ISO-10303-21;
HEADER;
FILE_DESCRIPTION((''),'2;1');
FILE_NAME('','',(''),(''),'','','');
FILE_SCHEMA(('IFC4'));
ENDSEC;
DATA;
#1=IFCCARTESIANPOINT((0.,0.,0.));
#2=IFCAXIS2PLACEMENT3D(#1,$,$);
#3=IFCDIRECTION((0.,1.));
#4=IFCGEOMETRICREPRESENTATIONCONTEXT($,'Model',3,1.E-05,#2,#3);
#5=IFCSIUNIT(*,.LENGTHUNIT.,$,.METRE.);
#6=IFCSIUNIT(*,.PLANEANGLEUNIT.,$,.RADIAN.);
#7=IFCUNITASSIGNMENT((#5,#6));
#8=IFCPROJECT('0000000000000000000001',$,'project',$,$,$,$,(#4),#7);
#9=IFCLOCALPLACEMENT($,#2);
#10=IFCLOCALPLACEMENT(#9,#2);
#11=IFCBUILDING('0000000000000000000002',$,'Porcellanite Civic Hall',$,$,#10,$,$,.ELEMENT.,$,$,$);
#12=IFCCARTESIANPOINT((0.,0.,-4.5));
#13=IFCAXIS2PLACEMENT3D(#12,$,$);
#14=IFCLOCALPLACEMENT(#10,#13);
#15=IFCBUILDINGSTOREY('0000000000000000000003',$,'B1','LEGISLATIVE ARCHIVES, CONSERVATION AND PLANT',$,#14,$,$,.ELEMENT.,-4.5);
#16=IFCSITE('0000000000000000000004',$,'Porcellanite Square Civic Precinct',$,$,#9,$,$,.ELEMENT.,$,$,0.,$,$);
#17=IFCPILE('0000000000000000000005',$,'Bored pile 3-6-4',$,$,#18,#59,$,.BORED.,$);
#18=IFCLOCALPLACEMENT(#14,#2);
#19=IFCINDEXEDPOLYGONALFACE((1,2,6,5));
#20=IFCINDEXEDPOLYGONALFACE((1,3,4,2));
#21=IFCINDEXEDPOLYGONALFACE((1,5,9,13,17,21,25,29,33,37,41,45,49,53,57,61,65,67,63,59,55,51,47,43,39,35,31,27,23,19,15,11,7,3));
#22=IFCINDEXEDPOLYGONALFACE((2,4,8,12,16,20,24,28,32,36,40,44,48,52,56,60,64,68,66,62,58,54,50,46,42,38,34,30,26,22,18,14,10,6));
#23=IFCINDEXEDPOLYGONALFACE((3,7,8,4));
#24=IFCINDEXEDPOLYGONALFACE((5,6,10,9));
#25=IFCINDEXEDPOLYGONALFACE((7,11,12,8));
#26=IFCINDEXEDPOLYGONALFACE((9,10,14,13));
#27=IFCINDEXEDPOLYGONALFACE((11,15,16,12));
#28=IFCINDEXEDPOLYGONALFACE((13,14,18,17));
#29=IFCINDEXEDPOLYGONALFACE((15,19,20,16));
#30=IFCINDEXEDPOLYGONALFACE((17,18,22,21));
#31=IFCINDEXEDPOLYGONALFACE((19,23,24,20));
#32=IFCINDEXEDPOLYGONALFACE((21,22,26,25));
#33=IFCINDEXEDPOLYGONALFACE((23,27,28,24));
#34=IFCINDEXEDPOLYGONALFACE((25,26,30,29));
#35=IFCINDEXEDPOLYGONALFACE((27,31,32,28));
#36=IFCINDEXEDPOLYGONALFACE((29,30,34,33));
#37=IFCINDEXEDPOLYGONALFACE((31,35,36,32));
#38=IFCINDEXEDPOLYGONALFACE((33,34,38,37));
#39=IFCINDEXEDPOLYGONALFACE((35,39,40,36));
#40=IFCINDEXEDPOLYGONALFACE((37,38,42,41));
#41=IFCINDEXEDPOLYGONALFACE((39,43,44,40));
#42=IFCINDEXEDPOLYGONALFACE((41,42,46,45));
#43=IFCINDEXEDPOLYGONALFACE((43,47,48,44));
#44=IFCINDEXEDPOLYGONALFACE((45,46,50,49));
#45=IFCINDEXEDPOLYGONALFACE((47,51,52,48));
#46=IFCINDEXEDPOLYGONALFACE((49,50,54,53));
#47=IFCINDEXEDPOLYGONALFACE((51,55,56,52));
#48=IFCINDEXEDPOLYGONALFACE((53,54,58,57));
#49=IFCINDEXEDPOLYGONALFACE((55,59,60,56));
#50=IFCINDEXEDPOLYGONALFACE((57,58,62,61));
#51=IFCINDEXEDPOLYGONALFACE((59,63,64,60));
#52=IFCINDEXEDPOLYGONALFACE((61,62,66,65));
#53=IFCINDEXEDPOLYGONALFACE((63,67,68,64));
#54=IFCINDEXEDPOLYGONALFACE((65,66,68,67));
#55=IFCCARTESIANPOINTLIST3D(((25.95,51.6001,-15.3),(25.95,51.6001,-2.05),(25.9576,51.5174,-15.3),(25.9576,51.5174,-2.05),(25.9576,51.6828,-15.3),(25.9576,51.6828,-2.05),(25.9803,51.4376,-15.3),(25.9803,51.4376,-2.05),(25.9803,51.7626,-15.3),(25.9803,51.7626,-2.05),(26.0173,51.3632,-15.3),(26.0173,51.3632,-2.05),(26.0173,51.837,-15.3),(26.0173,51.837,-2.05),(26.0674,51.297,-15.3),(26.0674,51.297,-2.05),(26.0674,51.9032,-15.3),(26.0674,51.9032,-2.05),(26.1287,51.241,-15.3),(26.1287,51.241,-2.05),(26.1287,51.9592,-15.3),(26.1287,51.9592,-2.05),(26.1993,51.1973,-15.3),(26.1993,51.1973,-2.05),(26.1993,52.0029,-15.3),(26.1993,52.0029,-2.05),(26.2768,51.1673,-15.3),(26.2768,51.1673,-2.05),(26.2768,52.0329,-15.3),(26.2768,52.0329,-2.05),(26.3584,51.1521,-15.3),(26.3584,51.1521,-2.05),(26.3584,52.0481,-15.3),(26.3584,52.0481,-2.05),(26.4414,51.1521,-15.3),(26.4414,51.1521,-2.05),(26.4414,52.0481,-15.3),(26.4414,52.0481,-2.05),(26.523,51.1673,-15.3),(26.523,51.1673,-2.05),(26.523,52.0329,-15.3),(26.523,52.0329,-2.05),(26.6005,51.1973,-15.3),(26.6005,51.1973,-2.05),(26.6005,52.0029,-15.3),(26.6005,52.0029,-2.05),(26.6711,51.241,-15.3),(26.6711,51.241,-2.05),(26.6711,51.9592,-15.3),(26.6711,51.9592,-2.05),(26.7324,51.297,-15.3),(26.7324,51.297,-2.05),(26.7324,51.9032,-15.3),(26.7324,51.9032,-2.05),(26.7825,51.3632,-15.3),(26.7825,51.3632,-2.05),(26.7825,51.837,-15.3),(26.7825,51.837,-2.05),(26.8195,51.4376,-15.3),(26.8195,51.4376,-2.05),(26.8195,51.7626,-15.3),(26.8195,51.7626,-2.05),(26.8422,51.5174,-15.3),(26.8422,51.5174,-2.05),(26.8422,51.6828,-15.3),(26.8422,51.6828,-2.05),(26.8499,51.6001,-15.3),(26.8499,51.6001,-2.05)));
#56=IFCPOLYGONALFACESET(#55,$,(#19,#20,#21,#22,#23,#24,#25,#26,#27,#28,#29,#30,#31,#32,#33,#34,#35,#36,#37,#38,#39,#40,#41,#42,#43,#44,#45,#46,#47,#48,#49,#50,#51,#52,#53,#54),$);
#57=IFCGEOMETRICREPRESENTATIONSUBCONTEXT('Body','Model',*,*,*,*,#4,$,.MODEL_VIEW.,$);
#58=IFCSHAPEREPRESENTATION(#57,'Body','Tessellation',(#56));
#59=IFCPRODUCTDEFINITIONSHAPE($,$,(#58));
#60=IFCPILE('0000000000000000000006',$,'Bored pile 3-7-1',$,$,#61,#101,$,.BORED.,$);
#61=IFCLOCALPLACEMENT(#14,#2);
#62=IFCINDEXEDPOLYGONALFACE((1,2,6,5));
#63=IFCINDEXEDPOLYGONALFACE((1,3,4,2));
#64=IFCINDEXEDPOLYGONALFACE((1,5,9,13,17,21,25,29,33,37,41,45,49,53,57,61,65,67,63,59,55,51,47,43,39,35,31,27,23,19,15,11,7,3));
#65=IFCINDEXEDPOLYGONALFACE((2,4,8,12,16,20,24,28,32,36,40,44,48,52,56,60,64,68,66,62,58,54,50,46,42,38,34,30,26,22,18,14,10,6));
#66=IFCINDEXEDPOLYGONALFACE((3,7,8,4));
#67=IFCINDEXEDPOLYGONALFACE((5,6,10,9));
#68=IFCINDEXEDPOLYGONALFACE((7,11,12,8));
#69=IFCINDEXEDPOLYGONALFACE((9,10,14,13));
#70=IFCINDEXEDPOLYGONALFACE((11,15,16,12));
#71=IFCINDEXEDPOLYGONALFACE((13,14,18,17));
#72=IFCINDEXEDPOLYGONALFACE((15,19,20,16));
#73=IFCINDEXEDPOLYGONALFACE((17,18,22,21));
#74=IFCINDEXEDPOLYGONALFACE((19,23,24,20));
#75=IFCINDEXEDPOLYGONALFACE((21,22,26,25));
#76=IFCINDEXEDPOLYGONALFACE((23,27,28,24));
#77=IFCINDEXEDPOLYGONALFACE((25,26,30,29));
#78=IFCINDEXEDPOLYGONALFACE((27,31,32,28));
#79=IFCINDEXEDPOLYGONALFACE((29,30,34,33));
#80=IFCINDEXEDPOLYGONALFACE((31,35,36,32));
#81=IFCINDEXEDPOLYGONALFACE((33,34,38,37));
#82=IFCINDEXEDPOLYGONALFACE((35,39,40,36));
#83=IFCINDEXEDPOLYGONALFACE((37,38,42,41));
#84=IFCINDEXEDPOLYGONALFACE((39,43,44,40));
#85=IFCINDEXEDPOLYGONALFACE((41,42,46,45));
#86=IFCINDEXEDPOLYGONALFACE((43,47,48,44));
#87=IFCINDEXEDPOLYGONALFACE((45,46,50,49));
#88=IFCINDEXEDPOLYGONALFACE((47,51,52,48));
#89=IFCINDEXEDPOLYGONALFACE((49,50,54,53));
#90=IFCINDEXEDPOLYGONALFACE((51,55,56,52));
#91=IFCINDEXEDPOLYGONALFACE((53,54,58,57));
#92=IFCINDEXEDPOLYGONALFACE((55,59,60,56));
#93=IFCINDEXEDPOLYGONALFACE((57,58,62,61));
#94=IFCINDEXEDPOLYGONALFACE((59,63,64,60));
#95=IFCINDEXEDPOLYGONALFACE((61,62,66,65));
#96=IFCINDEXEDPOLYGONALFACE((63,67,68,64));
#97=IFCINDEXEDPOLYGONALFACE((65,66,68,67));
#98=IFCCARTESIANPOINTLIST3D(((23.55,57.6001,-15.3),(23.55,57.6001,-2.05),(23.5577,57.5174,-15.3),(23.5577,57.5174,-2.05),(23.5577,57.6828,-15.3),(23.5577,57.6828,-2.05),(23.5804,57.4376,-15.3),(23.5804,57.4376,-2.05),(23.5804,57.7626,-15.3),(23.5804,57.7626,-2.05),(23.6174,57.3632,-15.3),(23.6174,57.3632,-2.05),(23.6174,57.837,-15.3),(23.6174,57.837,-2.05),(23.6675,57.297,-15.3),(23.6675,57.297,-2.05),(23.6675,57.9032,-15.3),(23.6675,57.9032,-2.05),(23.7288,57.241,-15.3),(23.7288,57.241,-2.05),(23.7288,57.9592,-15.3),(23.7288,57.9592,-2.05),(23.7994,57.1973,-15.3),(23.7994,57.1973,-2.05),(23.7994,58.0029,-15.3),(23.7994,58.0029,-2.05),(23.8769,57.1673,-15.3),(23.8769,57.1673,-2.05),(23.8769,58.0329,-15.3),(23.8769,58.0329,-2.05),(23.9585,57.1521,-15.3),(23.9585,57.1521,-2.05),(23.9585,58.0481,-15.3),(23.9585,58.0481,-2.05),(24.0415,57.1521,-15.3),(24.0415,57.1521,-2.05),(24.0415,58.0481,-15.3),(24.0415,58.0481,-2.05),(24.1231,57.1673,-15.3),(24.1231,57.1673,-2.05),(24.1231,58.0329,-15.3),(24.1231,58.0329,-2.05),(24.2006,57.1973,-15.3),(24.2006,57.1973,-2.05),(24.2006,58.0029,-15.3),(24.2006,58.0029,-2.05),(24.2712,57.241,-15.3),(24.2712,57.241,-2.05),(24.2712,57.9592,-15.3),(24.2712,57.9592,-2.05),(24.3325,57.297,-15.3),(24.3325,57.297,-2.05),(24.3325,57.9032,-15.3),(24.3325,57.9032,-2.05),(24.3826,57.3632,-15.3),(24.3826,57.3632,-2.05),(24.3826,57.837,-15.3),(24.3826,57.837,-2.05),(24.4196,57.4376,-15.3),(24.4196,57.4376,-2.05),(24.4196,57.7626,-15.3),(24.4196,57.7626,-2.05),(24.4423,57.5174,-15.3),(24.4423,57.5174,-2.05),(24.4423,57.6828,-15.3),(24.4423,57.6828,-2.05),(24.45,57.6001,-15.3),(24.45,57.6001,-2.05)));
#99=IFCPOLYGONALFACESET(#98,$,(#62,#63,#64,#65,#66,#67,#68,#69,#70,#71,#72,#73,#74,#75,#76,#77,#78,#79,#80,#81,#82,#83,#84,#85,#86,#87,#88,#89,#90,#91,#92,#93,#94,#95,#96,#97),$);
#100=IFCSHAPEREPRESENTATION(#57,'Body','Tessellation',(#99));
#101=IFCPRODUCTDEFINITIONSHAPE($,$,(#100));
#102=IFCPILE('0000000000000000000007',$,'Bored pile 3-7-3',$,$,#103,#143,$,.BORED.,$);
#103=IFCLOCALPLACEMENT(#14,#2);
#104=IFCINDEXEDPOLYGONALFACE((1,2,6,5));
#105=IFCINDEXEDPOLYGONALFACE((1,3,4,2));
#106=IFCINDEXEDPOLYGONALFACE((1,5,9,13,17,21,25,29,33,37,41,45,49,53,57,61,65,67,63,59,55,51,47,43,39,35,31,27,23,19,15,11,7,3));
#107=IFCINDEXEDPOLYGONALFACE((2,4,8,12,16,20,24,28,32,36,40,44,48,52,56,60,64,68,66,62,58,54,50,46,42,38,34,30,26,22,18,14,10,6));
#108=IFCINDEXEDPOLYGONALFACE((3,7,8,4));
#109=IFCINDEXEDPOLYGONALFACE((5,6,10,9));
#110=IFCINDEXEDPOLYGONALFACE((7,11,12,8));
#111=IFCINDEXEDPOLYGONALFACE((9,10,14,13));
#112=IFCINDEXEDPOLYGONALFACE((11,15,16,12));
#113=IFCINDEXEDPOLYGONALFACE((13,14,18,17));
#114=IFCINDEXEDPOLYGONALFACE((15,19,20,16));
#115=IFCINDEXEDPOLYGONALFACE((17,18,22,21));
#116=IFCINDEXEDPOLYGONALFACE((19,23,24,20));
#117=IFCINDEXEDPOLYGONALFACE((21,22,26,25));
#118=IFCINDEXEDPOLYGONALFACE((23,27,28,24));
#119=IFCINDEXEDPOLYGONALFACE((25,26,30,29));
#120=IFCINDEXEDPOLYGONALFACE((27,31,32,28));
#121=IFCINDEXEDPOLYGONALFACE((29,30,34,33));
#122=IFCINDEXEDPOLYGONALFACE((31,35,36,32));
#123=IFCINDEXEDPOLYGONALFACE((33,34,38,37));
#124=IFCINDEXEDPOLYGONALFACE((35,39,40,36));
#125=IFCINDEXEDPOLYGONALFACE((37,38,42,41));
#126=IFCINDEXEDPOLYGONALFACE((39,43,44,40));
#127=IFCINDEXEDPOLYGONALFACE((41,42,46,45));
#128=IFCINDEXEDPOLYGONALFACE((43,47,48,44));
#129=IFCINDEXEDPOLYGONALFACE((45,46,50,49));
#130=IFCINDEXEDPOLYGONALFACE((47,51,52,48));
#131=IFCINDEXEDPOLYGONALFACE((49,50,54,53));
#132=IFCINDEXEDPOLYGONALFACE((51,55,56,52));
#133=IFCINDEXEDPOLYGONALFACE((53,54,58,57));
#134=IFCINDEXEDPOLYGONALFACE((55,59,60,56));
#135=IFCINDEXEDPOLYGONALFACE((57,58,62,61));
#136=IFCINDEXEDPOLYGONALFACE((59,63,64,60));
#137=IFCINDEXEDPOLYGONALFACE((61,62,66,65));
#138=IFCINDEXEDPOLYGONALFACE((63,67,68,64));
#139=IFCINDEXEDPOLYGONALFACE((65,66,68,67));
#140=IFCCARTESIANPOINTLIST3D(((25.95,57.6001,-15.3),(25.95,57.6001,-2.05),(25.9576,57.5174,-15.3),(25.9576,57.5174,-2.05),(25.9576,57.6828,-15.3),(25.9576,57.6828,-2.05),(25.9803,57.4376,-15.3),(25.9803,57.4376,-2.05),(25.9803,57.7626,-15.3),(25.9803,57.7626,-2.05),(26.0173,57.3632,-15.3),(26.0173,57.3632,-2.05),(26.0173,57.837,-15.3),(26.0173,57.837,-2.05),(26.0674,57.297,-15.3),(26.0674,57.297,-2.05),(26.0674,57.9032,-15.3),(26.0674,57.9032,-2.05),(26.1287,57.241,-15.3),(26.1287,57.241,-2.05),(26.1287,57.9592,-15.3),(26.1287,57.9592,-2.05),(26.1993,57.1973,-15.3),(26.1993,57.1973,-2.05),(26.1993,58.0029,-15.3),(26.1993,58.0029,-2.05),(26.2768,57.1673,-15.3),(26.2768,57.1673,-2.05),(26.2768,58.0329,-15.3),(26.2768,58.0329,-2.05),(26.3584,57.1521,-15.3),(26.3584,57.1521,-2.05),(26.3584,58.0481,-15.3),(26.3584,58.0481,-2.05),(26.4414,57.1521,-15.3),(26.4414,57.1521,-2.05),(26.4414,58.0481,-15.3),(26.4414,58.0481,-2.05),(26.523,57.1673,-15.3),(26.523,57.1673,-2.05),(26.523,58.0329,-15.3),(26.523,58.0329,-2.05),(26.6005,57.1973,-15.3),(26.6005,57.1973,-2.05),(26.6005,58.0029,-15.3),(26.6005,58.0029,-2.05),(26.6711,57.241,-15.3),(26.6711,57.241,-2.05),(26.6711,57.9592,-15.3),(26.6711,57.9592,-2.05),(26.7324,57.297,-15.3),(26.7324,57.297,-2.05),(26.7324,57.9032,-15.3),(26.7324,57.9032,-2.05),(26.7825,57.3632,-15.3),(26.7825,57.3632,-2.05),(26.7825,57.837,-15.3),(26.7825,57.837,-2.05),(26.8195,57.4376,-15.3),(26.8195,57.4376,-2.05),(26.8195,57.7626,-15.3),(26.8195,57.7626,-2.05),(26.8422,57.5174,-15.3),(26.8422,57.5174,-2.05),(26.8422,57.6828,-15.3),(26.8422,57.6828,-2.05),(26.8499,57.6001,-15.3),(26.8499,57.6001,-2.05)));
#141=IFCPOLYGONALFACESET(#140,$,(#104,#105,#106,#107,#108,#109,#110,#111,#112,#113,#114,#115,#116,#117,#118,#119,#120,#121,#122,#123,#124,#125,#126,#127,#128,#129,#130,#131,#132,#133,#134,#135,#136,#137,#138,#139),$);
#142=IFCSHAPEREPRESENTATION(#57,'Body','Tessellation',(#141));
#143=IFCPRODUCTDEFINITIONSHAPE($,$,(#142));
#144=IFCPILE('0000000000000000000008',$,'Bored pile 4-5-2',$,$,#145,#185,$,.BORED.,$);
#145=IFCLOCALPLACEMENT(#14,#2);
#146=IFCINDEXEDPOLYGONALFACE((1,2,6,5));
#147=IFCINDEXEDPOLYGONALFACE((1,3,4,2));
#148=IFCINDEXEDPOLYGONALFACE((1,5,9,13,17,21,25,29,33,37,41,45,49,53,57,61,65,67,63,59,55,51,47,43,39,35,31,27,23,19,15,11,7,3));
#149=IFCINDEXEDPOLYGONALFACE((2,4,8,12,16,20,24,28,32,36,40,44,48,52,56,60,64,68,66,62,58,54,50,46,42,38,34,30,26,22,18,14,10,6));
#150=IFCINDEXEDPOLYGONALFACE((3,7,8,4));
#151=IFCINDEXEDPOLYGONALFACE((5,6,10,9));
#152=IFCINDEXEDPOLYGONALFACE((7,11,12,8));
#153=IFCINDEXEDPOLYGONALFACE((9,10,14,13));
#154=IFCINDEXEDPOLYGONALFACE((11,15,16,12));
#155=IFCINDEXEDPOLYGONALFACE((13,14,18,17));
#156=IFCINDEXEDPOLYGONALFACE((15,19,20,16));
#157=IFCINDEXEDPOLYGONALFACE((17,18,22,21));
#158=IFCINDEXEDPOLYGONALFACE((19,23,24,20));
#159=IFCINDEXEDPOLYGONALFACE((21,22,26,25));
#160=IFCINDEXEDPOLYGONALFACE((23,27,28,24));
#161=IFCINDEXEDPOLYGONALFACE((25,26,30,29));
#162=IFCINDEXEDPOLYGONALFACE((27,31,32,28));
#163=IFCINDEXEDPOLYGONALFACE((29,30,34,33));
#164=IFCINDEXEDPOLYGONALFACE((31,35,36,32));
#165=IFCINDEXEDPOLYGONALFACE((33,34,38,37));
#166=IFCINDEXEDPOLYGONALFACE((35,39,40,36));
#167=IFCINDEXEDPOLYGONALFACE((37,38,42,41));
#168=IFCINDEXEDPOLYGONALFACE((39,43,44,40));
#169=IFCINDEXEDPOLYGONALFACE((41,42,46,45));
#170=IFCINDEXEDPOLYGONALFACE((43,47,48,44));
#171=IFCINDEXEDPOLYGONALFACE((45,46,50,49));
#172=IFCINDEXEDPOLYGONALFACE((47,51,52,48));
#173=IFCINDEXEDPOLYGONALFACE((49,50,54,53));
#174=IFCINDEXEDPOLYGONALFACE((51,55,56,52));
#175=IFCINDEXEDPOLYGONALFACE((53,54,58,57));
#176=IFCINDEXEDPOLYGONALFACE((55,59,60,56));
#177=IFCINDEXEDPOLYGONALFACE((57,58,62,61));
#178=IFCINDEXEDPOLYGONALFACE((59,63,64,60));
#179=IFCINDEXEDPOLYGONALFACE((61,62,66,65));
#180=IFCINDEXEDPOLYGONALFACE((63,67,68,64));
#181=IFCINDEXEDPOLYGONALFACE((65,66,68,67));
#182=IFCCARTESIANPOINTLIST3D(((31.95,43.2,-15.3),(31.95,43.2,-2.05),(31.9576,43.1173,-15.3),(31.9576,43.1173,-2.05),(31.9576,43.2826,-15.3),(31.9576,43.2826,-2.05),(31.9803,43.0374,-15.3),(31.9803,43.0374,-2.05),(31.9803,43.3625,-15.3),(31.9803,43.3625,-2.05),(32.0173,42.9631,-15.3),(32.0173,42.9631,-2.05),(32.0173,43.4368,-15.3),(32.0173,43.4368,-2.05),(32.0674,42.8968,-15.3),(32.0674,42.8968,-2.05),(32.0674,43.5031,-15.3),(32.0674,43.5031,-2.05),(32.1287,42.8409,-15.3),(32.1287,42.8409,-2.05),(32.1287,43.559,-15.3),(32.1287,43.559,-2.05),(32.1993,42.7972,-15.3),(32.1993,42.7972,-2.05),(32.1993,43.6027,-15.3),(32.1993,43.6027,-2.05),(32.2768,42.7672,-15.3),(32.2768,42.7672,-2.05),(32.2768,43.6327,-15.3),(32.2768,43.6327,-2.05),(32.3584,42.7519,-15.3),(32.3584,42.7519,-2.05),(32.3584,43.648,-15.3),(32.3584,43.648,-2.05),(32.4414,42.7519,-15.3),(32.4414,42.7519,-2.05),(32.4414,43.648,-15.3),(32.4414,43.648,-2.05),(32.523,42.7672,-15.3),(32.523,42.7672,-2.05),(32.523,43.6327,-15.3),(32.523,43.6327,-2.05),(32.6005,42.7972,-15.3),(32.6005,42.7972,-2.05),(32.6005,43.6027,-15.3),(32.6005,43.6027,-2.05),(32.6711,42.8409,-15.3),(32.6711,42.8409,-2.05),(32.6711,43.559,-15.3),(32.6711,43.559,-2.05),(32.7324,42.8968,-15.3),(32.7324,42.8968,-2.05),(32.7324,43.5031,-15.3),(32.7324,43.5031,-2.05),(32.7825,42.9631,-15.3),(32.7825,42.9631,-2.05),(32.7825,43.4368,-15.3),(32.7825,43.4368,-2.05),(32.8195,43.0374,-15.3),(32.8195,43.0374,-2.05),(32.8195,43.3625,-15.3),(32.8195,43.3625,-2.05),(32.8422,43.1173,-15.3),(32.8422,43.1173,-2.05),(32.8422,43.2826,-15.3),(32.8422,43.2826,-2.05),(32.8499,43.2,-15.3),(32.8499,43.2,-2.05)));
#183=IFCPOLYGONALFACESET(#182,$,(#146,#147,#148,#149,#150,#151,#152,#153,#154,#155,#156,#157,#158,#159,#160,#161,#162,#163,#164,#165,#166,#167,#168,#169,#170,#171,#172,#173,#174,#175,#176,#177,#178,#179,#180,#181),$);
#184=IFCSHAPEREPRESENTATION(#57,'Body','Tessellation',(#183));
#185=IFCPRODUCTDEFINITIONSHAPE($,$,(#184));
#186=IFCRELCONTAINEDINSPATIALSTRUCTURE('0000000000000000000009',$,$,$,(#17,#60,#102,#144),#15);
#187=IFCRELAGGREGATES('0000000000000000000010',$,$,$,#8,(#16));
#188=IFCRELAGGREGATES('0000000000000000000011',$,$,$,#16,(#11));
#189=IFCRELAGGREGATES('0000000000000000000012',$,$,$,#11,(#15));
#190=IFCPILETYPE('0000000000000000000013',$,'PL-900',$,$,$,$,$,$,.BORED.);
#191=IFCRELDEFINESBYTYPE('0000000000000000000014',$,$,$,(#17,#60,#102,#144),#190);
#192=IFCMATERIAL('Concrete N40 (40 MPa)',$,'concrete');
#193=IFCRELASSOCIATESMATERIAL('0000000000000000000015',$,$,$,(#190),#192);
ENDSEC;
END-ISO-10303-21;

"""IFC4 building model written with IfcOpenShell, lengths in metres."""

from ifc_helpers import new_model, si_unit, direction, frame, origin, origin_2d, place, context, subcontext, project, spatial, circle, extrude, material, material_profile, profile_set, type_object, element, save


model = new_model("IFC4")

# Units and contexts
model_context = context("Model", 3, precision=1e-05, world=origin(), true_north=direction((0.0, 1.0)))
body_context = subcontext(model_context, "Body", "Model", "MODEL_VIEW")
ifc_project = project(units=[si_unit("LENGTHUNIT", "METRE"), si_unit("PLANEANGLEUNIT", "RADIAN")], contexts=[model_context])

# Site, building, storey
site_placement = place(None, origin())
site = spatial("IfcSite", under=ifc_project, at=site_placement, Name="Porcellanite Square Civic Precinct", CompositionType="ELEMENT", RefElevation=0.0)
building_placement = place(site_placement, origin())
building = spatial("IfcBuilding", under=site, at=building_placement, Name="Porcellanite Civic Hall", CompositionType="ELEMENT")
storey_placement = place(building_placement, frame((0.0, 0.0, -4.5)))
storey = spatial("IfcBuildingStorey", under=building, at=storey_placement, Name="B1", Description="LEGISLATIVE ARCHIVES, CONSERVATION AND PLANT", CompositionType="ELEMENT", Elevation=-4.5)

# Piles
ifc_material_1 = material(Name="Concrete N40 (40 MPa)", Category="concrete")
ifc_material_profile_1 = material_profile(ifc_material_1, circle(Radius=0.45, at=origin_2d()), Name="PILE-D900")
ifc_profile_set_1 = profile_set([ifc_material_profile_1], Name="Concrete N40 (40 MPa)")
pile_type = type_object("IfcPileType", Name="PL-900", PredefinedType="BORED", material=ifc_profile_set_1)
for number, where, z_axis, x_axis, name in (
    (1, (26.3999, 51.6001, -2.05), (0.0, 0.0, -1.0), (1.0, 0.0, 0.0), "Bored pile 3-6-4"),
    (2, (24.0, 57.6001, -2.05), (0.0, 0.0, -1.0), (1.0, 0.0, 0.0), "Bored pile 3-7-1"),
    (3, (26.3999, 57.6001, -2.05), (0.0, 0.0, -1.0), (1.0, 0.0, 0.0), "Bored pile 3-7-3"),
    (4, (32.3999, 43.2, -2.05), (0.0, 0.0, -1.0), (1.0, 0.0, 0.0), "Bored pile 4-5-2"),
):
    element("IfcPile", number, at=place(storey_placement, frame(where, z_axis=z_axis, x_axis=x_axis)), inside=storey, type_object=pile_type, Name=name, PredefinedType="BORED", context=body_context, shape_type="SweptSolid", body=[
        extrude(circle(Radius=0.45, at=origin_2d()), origin(), (0.0, 0.0, 1.0), 13.25),
    ])

save(model, "model.ifc")
